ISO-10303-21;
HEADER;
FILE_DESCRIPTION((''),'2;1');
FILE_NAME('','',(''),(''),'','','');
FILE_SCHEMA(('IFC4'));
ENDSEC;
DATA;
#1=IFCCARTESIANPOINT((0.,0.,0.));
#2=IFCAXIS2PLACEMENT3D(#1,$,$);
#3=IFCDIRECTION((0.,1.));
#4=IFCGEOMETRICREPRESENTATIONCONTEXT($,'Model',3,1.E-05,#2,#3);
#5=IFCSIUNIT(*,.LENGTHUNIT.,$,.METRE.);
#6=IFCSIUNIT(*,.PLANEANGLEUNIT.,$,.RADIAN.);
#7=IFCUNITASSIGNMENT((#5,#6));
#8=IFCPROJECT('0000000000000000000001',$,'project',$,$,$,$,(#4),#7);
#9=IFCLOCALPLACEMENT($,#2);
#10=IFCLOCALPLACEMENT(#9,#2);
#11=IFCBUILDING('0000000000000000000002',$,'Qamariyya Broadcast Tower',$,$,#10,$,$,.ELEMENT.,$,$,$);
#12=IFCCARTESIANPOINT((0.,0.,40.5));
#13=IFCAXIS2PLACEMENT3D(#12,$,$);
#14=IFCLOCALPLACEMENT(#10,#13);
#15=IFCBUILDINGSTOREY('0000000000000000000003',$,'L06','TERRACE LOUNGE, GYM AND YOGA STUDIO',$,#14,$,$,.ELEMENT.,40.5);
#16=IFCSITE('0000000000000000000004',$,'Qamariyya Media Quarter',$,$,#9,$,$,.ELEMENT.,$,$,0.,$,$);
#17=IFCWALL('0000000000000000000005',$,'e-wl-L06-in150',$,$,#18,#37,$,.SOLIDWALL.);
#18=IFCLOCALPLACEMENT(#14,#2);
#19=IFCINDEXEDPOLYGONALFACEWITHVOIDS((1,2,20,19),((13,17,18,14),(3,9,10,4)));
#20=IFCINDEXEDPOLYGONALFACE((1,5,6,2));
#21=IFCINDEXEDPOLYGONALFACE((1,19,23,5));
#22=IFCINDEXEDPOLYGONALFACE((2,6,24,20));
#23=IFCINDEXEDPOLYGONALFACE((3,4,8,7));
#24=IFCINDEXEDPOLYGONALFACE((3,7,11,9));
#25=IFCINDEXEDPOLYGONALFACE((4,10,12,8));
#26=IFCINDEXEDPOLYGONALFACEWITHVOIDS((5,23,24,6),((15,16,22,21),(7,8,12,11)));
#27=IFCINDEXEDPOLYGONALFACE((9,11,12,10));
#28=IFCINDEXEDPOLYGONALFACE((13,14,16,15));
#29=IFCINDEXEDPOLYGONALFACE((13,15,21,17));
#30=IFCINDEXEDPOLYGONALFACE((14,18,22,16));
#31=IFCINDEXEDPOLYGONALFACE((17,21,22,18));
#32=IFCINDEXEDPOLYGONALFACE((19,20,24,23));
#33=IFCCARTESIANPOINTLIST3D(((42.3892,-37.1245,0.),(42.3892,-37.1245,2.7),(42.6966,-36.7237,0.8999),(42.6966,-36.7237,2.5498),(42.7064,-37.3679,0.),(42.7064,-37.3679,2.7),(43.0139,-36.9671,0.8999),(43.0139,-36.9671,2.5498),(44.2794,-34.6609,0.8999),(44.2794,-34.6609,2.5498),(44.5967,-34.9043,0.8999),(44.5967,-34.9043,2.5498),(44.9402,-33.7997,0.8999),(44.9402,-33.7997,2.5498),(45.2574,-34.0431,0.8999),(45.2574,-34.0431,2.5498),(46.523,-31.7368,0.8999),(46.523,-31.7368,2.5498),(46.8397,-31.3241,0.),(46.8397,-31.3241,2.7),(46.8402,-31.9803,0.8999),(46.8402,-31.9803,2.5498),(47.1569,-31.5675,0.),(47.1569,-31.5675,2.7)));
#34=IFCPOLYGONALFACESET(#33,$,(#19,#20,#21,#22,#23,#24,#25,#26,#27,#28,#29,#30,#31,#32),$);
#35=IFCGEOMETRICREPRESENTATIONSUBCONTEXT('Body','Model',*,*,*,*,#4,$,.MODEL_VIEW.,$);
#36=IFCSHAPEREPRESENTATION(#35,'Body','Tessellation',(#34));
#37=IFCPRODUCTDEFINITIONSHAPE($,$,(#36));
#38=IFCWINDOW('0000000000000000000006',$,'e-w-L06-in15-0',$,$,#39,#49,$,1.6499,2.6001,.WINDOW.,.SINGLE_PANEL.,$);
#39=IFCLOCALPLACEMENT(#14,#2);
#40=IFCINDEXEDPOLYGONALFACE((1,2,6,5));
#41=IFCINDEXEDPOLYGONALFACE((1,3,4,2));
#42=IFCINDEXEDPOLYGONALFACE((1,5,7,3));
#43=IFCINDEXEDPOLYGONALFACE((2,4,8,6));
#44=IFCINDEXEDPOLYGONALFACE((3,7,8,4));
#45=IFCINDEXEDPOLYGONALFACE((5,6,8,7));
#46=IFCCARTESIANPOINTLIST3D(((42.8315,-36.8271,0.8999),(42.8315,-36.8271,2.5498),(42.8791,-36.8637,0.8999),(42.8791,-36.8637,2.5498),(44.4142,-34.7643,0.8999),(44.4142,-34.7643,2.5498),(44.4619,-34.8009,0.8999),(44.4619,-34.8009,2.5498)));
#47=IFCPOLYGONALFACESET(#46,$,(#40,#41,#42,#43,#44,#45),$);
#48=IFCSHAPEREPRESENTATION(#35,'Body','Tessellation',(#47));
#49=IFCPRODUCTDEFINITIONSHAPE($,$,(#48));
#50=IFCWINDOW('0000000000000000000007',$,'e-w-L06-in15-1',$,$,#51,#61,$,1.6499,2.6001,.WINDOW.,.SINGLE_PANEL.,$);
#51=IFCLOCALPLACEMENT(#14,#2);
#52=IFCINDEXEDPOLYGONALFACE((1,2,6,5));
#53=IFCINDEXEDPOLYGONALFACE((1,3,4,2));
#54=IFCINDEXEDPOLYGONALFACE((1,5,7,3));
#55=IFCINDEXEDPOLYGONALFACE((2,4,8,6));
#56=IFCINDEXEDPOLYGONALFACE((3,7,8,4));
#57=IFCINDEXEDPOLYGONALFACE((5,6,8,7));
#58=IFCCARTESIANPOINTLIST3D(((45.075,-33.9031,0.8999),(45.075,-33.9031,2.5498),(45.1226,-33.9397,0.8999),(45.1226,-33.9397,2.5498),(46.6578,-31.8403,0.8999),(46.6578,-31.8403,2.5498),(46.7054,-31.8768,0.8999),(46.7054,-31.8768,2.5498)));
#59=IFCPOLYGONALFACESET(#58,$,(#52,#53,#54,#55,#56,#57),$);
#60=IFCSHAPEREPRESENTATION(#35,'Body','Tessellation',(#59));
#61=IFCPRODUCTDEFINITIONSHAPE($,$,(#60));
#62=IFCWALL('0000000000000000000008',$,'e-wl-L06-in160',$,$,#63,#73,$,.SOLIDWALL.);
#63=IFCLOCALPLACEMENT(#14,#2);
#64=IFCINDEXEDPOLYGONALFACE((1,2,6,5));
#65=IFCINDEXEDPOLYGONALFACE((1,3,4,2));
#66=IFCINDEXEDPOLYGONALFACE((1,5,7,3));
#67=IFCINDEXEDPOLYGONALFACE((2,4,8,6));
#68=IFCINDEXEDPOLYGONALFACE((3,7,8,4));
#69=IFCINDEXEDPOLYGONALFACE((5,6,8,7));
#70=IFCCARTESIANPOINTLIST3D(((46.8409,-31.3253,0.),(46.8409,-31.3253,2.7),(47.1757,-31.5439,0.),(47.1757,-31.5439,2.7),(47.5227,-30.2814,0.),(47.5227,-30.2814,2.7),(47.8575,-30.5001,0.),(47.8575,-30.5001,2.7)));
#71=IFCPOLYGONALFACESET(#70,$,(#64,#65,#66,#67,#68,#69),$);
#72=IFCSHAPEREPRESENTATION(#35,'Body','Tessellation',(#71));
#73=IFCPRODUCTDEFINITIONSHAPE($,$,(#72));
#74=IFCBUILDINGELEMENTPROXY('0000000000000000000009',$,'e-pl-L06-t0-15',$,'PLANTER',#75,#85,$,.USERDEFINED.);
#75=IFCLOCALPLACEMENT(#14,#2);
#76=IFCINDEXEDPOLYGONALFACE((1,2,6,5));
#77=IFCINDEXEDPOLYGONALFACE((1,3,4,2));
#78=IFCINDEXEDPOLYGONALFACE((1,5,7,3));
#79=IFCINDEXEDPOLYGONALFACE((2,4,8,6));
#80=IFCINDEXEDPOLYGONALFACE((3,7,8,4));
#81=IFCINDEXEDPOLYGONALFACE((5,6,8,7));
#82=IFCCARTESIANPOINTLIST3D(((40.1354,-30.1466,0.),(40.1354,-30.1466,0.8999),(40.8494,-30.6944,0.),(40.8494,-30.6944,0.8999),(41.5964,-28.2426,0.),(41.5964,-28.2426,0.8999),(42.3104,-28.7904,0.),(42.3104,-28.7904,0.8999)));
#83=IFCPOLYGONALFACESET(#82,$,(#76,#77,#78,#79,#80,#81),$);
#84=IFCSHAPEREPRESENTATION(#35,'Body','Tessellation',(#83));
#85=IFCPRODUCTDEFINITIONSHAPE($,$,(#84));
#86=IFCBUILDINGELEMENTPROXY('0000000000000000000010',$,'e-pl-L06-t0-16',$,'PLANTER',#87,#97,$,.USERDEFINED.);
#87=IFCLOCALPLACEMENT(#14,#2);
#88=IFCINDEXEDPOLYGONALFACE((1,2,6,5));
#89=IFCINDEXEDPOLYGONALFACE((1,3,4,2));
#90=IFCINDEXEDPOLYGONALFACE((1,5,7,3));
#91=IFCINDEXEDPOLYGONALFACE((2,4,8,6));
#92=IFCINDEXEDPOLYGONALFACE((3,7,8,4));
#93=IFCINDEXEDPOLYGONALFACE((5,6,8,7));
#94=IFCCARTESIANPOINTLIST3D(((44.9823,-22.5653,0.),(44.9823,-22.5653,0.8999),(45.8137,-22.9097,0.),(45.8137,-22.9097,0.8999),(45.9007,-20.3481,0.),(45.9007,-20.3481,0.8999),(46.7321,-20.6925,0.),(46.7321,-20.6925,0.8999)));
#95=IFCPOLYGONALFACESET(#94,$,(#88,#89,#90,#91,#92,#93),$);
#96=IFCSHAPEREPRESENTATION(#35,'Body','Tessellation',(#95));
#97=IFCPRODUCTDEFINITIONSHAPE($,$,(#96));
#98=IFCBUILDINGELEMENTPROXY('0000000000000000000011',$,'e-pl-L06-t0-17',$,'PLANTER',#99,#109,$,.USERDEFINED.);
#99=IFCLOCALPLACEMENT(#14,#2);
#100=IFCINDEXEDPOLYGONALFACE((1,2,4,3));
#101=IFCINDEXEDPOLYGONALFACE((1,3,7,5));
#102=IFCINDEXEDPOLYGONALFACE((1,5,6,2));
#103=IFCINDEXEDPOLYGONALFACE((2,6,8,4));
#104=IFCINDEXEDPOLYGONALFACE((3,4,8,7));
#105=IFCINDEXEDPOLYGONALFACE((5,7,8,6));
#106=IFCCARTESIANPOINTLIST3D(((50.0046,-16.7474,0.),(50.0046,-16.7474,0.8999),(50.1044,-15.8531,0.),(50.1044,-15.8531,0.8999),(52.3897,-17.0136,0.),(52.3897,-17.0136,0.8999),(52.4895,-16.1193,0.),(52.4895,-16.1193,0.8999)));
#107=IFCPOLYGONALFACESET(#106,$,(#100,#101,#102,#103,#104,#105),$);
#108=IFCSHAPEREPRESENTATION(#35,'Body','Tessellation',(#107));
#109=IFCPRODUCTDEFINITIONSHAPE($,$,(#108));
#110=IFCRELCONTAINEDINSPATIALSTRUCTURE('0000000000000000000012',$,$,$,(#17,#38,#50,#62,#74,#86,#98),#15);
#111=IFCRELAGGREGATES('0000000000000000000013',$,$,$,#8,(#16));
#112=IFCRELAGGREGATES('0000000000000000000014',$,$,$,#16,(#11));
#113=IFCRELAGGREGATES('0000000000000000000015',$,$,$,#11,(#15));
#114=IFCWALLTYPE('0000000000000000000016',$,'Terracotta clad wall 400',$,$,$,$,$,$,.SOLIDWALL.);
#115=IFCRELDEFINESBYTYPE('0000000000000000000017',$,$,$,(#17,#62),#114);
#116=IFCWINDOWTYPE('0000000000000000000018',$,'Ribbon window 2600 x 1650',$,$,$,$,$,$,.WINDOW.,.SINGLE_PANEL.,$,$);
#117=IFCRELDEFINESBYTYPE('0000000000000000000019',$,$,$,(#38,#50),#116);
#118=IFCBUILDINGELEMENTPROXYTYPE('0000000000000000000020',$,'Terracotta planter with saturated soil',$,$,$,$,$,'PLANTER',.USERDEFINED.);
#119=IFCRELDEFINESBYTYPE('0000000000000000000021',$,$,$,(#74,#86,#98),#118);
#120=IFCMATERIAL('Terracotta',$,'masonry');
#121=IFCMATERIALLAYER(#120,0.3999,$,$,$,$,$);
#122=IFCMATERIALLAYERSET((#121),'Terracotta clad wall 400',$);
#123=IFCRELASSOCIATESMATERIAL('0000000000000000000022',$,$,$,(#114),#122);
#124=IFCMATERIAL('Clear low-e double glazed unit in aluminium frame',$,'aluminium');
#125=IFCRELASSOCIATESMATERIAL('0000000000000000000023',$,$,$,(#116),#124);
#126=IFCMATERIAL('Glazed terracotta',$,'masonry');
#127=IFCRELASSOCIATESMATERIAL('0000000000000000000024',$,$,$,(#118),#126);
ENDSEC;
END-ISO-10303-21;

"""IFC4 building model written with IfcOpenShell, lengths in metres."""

from ifc_helpers import new_model, si_unit, direction, frame, frame_2d, origin, origin_2d, place, context, subcontext, project, spatial, rectangle, extrude, material, layer, layer_set, type_object, element, fill, save


model = new_model("IFC4")

# Units and contexts
model_context = context("Model", 3, precision=1e-05, world=origin(), true_north=direction((0.0, 1.0)))
body_context = subcontext(model_context, "Body", "Model", "MODEL_VIEW")
ifc_project = project(units=[si_unit("LENGTHUNIT", "METRE"), si_unit("PLANEANGLEUNIT", "RADIAN")], contexts=[model_context])

# Site, building, storey
site_placement = place(None, origin())
site = spatial("IfcSite", under=ifc_project, at=site_placement, Name="Qamariyya Media Quarter", CompositionType="ELEMENT", RefElevation=0.0)
building_placement = place(site_placement, origin())
building = spatial("IfcBuilding", under=site, at=building_placement, Name="Qamariyya Broadcast Tower", CompositionType="ELEMENT")
storey_placement = place(building_placement, frame((0.0, 0.0, 40.5)))
storey = spatial("IfcBuildingStorey", under=building, at=storey_placement, Name="L06", Description="TERRACE LOUNGE, GYM AND YOGA STUDIO", CompositionType="ELEMENT", Elevation=40.5)

# Shared definitions
ifc_material_1 = material(Name="Terracotta", Category="masonry")
ifc_layer = layer(ifc_material_1, 0.3999)
ifc_layer_set = layer_set([ifc_layer], Name="Terracotta clad wall 400")
wall_type = type_object("IfcWallType", Name="Terracotta clad wall 400", PredefinedType="SOLIDWALL", material=ifc_layer_set)
ifc_material_2 = material(Name="Clear low-e double glazed unit in aluminium frame", Category="aluminium")

# Wall, openings, windows
wall_1_placement = place(storey_placement, frame((46.9983, -31.4458, 0.0), z_axis=(0.0, 0.0, 1.0), x_axis=(-0.608737, -0.793372, 0.0)))
wall_1 = element("IfcWall", 1, at=wall_1_placement, inside=storey, type_object=wall_type, Name="e-wl-L06-in150", PredefinedType="SOLIDWALL", context=body_context, shape_type="SweptSolid", body=[
    extrude(rectangle(XDim=7.311, YDim=0.3999, at=frame_2d((3.6555, 0.0))), origin(), (0.0, 0.0, 1.0), 2.7),
])
opening_1_placement = place(wall_1_placement, frame((4.2058, 0.0, 0.8999)))
opening_1 = element("IfcOpeningElement", 2, at=opening_1_placement, cuts=wall_1, PredefinedType="OPENING", context=body_context, shape_type="SweptSolid", body=[
    extrude(rectangle(XDim=2.6001, YDim=1.6499, at=frame_2d((1.3, 0.825))), frame((0.0, 0.21, 0.0), z_axis=(0.0, -1.0, 0.0), x_axis=(1.0, 0.0, 0.0)), (0.0, 0.0, 1.0), 0.4199),
])
opening_2_placement = place(wall_1_placement, frame((0.5203, 0.0, 0.8999)))
opening_2 = element("IfcOpeningElement", 3, at=opening_2_placement, cuts=wall_1, PredefinedType="OPENING", context=body_context, shape_type="SweptSolid", body=[
    extrude(rectangle(XDim=2.6001, YDim=1.6499, at=frame_2d((1.3, 0.825))), frame((0.0, 0.21, 0.0), z_axis=(0.0, -1.0, 0.0), x_axis=(1.0, 0.0, 0.0)), (0.0, 0.0, 1.0), 0.4199),
])
window_type_1 = type_object("IfcWindowType", Name="Ribbon window 2600 x 1650", PartitioningType="SINGLE_PANEL", PredefinedType="WINDOW", material=ifc_material_2)
window_1_placement = place(opening_1_placement, origin())
window_1 = element("IfcWindow", 4, at=window_1_placement, inside=storey, type_object=window_type_1, Name="e-w-L06-in15-0", OverallHeight=1.6499, OverallWidth=2.6001, PartitioningType="SINGLE_PANEL", PredefinedType="WINDOW", context=body_context, shape_type="SweptSolid", body=[
    extrude(rectangle(XDim=2.6001, YDim=1.6499, at=frame_2d((1.3, 0.825))), frame((0.0, 0.03, 0.0), z_axis=(0.0, -1.0, 0.0), x_axis=(1.0, 0.0, 0.0)), (0.0, 0.0, 1.0), 0.0601),
])
fill(opening_1, window_1)
window_2_placement = place(opening_2_placement, origin())
window_2 = element("IfcWindow", 5, at=window_2_placement, inside=storey, type_object=window_type_1, Name="e-w-L06-in15-1", OverallHeight=1.6499, OverallWidth=2.6001, PartitioningType="SINGLE_PANEL", PredefinedType="WINDOW", context=body_context, shape_type="SweptSolid", body=[
    extrude(rectangle(XDim=2.6001, YDim=1.6499, at=frame_2d((1.3, 0.825))), frame((0.0, 0.03, 0.0), z_axis=(0.0, -1.0, 0.0), x_axis=(1.0, 0.0, 0.0)), (0.0, 0.0, 1.0), 0.0601),
])
fill(opening_2, window_2)

# Wall
wall_2_placement = place(storey_placement, frame((47.6902, -30.3906, 0.0), z_axis=(0.0, 0.0, 1.0), x_axis=(-0.546859, -0.837225, 0.0)))
element("IfcWall", 6, at=wall_2_placement, inside=storey, type_object=wall_type, Name="e-wl-L06-in160", PredefinedType="SOLIDWALL", context=body_context, shape_type="SweptSolid", body=[
    extrude(rectangle(XDim=1.2468, YDim=0.3999, at=frame_2d((0.6235, 0.0))), origin(), (0.0, 0.0, 1.0), 2.7),
])

# Building element proxies
ifc_material_3 = material(Name="Glazed terracotta", Category="masonry")
building_element_proxy_type = type_object("IfcBuildingElementProxyType", Name="Terracotta planter with saturated soil", ElementType="PLANTER", PredefinedType="USERDEFINED", material=ifc_material_3)
for number, where, z_axis, x_axis, name in (
    (7, (41.2229, -29.4685, 0.0), (0.0, 0.0, 1.0), (0.608761, 0.793353, 0.0), "e-pl-L06-t0-15"),
    (8, (45.8572, -21.6289, 0.0), (0.0, 0.0, 1.0), (0.382683, 0.92388, 0.0), "e-pl-L06-t0-16"),
    (9, (51.2471, -16.4333, 0.0), (0.0, 0.0, 1.0), (0.993828, -0.110928, 0.0), "e-pl-L06-t0-17"),
):
    element("IfcBuildingElementProxy", number, at=place(storey_placement, frame(where, z_axis=z_axis, x_axis=x_axis)), inside=storey, type_object=building_element_proxy_type, Name=name, ObjectType="PLANTER", PredefinedType="USERDEFINED", context=body_context, shape_type="SweptSolid", body=[
        extrude(rectangle(XDim=2.3999, YDim=0.8999, at=origin_2d()), origin(), (0.0, 0.0, 1.0), 0.8999),
    ])

save(model, "model.ifc")
